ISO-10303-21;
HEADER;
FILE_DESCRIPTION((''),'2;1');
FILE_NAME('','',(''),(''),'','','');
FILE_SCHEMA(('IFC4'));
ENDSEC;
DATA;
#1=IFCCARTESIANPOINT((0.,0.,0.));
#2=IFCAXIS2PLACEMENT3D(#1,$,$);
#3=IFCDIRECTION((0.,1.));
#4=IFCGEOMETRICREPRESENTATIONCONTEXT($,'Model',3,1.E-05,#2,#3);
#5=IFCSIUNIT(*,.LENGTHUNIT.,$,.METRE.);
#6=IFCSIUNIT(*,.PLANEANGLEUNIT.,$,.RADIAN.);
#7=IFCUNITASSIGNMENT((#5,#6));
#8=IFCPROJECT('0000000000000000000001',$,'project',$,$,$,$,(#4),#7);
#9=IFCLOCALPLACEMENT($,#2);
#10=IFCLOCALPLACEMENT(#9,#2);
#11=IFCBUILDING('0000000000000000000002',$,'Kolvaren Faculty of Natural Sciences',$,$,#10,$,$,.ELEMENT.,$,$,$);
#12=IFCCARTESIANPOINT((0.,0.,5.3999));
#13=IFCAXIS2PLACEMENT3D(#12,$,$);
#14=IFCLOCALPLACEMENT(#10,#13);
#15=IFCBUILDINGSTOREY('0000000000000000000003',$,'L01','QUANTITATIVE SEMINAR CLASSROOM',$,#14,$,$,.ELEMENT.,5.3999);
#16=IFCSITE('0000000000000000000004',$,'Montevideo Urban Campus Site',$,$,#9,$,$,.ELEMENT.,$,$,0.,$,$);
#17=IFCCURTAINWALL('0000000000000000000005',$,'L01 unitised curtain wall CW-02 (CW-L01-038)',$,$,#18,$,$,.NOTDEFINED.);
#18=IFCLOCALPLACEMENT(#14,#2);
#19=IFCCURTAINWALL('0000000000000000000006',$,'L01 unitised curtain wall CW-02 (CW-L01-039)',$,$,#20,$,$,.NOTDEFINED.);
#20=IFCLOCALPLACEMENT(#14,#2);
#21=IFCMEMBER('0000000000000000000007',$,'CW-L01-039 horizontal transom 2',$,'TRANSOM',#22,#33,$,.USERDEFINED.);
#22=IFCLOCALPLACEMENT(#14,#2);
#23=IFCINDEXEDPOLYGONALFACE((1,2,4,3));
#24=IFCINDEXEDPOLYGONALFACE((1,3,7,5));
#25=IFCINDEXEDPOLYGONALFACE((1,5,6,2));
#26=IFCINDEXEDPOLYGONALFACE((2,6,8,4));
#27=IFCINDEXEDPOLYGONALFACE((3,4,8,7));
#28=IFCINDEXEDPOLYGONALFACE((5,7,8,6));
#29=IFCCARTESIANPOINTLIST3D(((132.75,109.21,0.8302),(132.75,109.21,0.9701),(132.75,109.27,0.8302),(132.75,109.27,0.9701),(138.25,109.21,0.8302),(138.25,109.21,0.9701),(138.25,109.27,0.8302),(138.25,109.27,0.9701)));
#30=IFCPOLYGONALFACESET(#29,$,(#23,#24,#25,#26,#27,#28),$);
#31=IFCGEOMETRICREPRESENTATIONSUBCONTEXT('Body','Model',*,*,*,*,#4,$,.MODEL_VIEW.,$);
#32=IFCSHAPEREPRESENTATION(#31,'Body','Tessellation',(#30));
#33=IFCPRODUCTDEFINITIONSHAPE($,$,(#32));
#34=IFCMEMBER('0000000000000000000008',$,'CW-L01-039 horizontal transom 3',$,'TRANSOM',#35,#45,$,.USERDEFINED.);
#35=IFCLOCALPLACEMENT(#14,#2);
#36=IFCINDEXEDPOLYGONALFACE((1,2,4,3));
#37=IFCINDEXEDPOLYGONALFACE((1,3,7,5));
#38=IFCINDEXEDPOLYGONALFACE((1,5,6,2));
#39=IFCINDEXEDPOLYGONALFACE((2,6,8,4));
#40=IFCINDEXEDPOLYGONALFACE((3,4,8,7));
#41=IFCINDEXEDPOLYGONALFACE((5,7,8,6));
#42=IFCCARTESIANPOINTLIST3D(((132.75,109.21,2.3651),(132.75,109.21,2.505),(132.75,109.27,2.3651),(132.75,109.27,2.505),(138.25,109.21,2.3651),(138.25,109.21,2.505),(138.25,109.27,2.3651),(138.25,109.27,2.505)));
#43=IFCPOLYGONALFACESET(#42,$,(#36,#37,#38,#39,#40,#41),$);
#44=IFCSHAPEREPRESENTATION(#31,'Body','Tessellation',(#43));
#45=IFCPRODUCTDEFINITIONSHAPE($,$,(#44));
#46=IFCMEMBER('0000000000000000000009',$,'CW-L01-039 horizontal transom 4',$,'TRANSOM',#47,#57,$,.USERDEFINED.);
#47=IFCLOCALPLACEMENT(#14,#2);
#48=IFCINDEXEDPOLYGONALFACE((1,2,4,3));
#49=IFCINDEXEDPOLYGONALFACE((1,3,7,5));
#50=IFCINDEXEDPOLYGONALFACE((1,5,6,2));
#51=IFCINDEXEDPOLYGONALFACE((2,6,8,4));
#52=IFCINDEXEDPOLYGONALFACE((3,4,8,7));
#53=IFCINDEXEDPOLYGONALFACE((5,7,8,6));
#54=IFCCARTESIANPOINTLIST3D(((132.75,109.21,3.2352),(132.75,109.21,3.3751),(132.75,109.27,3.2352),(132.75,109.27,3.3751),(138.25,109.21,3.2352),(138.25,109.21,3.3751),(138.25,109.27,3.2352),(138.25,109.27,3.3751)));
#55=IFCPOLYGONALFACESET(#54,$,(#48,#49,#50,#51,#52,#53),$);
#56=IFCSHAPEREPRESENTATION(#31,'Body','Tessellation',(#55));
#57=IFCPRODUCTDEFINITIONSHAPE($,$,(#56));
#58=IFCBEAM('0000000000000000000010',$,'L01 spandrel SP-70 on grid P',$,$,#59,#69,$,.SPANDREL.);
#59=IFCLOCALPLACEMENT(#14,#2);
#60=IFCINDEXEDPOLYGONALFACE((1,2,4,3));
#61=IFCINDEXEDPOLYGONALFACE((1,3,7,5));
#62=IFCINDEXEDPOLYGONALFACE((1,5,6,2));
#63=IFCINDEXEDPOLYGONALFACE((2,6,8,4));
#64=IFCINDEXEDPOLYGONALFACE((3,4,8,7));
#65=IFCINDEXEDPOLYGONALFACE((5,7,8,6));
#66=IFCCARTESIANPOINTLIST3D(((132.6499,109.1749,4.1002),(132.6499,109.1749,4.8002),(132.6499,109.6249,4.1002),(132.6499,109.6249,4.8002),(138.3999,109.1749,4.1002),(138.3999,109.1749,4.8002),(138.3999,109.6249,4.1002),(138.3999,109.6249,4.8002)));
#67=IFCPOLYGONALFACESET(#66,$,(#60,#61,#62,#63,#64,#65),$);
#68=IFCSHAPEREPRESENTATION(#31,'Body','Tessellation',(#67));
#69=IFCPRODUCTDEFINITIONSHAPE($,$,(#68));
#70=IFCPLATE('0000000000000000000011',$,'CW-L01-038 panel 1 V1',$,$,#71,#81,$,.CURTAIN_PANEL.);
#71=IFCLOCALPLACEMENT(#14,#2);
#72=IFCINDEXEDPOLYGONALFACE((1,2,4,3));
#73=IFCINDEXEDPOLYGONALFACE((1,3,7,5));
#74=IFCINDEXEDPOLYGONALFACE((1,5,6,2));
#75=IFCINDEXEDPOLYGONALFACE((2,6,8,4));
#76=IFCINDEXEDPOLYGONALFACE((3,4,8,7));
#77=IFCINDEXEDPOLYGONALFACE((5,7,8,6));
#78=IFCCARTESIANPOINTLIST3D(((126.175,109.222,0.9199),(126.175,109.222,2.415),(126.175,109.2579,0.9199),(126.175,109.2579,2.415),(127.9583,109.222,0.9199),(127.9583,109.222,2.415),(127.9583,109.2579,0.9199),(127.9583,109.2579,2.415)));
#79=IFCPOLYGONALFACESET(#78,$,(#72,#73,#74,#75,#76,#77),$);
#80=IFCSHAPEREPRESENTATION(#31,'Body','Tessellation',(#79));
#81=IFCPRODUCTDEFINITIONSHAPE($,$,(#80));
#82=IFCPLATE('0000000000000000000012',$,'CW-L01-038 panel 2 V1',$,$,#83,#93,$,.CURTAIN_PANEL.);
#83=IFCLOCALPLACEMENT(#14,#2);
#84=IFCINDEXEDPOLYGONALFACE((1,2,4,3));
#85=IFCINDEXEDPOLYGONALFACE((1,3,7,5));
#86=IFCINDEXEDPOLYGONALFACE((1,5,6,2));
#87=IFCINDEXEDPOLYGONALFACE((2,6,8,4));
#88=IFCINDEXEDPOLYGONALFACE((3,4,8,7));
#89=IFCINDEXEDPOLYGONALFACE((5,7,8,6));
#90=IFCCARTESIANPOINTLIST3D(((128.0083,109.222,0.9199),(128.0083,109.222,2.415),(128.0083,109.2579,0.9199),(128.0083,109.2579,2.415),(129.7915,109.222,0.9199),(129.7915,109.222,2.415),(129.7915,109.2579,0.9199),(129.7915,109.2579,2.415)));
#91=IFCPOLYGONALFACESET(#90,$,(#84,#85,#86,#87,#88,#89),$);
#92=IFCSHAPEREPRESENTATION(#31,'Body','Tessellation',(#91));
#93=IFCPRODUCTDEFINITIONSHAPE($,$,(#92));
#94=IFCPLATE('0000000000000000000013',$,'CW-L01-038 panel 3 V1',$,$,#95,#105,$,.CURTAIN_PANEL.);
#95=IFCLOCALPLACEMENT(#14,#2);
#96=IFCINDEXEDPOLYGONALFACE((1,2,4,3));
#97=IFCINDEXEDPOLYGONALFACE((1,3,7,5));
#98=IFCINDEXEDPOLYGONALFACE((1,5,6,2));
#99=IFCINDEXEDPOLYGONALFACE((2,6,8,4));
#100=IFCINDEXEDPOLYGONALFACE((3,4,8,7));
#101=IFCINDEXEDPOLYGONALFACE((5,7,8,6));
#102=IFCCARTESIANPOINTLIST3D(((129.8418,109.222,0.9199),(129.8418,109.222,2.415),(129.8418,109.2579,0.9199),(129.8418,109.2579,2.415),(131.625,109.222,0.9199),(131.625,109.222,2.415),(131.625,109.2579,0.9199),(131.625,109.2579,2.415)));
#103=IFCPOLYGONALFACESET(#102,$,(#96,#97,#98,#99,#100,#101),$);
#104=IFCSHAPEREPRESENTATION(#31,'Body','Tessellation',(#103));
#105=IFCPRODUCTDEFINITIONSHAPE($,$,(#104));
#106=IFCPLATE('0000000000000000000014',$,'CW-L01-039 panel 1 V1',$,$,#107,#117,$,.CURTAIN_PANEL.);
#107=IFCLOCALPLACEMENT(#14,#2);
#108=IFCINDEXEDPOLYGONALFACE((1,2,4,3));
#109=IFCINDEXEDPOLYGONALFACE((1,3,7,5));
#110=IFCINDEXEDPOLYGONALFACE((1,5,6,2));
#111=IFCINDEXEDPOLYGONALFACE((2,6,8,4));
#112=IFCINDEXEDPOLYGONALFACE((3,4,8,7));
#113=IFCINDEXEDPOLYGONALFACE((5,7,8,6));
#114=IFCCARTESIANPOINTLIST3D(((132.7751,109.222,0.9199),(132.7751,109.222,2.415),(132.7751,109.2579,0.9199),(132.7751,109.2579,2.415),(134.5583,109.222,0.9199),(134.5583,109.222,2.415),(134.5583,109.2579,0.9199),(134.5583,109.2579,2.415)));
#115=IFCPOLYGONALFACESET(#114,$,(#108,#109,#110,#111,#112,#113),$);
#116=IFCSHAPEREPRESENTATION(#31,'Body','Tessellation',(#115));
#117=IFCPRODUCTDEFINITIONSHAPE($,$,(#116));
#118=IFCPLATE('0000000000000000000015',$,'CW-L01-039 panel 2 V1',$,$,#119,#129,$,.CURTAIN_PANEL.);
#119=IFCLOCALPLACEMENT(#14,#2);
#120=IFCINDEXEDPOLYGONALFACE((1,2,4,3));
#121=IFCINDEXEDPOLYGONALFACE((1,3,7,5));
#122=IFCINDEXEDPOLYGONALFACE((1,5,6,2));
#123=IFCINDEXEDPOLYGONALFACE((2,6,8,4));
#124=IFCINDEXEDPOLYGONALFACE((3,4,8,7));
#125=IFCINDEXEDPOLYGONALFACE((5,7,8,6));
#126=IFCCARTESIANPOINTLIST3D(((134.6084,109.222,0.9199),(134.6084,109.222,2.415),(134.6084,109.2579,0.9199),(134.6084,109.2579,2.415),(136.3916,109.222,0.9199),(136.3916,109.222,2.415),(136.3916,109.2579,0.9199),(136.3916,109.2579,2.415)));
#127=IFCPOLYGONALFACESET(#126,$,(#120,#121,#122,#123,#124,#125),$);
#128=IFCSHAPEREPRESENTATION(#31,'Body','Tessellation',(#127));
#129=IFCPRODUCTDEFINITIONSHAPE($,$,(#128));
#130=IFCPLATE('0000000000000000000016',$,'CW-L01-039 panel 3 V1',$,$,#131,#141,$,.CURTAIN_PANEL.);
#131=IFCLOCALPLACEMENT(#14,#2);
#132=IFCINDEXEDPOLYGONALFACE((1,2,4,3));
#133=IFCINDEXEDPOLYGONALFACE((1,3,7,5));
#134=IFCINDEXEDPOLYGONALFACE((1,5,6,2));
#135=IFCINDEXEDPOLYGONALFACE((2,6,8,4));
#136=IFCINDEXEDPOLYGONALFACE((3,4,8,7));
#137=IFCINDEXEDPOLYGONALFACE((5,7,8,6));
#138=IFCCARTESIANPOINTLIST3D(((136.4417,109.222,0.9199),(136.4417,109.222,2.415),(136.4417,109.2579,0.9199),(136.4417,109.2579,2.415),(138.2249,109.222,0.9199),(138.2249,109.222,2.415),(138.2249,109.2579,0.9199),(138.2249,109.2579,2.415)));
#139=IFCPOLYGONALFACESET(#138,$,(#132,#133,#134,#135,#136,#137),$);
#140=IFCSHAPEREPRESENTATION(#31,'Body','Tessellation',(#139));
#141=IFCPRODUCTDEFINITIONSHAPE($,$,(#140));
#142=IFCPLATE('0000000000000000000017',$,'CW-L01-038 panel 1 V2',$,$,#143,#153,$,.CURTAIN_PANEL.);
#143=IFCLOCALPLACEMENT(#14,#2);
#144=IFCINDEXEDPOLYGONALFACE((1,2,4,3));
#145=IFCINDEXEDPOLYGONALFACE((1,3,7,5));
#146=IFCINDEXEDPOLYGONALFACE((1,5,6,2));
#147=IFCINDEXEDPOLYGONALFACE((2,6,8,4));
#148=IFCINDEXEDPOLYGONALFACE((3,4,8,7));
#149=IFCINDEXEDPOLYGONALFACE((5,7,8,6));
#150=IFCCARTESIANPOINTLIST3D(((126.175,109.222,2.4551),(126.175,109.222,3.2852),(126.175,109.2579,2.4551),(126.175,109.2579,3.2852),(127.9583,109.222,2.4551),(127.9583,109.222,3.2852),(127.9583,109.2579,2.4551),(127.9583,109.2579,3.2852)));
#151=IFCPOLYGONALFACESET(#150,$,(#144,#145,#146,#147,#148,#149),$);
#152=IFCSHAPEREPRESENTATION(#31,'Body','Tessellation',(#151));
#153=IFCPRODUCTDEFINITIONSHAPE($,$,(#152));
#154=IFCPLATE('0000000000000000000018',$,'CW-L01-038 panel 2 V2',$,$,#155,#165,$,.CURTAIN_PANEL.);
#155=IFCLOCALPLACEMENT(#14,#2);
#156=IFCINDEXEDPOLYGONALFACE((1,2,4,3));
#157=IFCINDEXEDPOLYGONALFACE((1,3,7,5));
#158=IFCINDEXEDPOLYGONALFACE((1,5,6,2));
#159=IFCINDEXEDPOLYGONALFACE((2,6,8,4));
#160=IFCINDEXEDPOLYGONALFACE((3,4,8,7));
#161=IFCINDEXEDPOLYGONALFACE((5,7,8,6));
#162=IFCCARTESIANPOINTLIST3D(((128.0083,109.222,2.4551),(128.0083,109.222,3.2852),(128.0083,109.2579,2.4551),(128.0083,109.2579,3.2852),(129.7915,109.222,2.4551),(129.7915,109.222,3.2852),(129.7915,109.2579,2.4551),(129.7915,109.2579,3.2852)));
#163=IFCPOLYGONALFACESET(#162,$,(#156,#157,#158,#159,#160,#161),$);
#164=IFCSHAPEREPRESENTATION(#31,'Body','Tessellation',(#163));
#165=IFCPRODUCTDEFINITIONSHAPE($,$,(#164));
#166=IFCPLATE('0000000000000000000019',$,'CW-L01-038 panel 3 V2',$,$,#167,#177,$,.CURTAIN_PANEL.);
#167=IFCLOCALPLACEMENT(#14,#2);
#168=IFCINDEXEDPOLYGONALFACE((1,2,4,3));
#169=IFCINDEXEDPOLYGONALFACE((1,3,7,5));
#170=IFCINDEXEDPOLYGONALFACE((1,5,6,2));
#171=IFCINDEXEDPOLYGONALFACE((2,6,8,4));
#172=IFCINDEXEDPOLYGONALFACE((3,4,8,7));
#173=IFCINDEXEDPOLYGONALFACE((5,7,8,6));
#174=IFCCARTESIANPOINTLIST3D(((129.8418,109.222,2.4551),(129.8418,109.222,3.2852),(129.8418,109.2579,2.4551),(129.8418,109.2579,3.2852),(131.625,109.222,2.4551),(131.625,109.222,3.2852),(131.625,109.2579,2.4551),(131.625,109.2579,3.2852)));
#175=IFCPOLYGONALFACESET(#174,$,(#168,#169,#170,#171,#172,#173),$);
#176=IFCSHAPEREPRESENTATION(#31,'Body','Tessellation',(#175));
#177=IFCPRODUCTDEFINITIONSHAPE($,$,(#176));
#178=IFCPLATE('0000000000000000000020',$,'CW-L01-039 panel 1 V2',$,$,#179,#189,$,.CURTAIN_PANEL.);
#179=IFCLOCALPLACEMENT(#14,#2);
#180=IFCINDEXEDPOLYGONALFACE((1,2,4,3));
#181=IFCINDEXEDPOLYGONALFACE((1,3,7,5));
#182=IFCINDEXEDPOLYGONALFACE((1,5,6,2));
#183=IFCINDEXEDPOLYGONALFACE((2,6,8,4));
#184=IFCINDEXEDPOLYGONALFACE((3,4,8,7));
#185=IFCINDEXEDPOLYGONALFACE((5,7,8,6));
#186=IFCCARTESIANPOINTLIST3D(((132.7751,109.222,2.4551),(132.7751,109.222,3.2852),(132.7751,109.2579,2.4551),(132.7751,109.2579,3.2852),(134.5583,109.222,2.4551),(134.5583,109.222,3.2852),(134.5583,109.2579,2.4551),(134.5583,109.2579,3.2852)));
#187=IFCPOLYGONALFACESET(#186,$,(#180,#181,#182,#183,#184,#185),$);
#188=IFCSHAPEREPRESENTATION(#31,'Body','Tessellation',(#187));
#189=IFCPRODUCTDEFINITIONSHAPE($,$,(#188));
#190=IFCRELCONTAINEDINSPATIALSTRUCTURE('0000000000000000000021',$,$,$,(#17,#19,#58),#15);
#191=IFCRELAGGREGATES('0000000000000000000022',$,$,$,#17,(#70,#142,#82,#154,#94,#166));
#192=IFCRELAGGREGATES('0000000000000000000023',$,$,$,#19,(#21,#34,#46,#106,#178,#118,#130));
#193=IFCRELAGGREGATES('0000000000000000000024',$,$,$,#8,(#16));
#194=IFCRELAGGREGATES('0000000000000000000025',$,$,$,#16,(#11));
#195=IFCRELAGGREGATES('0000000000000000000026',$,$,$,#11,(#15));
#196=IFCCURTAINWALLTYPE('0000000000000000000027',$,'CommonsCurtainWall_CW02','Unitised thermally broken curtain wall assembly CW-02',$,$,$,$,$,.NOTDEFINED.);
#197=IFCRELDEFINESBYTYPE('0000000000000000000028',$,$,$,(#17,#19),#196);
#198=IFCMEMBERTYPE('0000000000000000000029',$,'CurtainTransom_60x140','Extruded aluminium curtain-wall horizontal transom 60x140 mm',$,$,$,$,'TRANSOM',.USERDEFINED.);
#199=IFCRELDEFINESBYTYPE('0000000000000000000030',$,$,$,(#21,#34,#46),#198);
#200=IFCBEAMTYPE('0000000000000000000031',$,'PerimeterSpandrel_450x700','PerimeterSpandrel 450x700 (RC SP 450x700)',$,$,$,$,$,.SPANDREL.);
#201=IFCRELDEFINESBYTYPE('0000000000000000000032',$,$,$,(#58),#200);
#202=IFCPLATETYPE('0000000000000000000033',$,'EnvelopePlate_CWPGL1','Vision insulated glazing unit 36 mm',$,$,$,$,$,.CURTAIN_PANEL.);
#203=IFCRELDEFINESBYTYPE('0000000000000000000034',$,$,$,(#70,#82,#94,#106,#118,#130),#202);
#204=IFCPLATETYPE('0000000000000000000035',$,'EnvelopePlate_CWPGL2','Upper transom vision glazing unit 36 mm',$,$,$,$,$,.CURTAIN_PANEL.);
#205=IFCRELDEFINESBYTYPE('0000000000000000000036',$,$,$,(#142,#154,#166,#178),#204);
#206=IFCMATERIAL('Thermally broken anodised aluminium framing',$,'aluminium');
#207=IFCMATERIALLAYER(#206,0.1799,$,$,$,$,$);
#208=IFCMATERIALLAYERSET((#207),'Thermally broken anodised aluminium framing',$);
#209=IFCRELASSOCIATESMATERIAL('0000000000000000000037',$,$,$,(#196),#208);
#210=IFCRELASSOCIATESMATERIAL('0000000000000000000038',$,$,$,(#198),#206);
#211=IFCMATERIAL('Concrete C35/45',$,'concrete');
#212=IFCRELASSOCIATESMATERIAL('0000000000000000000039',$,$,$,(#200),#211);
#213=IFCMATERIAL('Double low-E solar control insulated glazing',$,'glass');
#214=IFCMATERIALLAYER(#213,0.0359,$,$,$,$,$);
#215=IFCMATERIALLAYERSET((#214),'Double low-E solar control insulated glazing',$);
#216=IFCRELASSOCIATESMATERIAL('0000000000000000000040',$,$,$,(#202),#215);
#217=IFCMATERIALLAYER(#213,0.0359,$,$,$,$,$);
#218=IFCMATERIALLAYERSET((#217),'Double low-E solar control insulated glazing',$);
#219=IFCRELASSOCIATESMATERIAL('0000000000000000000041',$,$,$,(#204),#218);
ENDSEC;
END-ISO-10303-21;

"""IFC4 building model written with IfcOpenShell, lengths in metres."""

from ifc_helpers import new_model, si_unit, direction, frame, origin, origin_2d, place, context, subcontext, project, spatial, rectangle, extrude, material, layer, layer_set, material_profile, profile_set, type_object, element, aggregate, save


model = new_model("IFC4")

# Units and contexts
model_context = context("Model", 3, precision=1e-05, world=origin(), true_north=direction((0.0, 1.0)))
body_context = subcontext(model_context, "Body", "Model", "MODEL_VIEW")
ifc_project = project(units=[si_unit("LENGTHUNIT", "METRE"), si_unit("PLANEANGLEUNIT", "RADIAN")], contexts=[model_context])

# Site, building, storey
site_placement = place(None, origin())
site = spatial("IfcSite", under=ifc_project, at=site_placement, Name="Montevideo Urban Campus Site", CompositionType="ELEMENT", RefElevation=0.0)
building_placement = place(site_placement, origin())
building = spatial("IfcBuilding", under=site, at=building_placement, Name="Kolvaren Faculty of Natural Sciences", CompositionType="ELEMENT")
storey_placement = place(building_placement, frame((0.0, 0.0, 5.3999)))
storey = spatial("IfcBuildingStorey", under=building, at=storey_placement, Name="L01", Description="QUANTITATIVE SEMINAR CLASSROOM", CompositionType="ELEMENT", Elevation=5.3999)

# Curtain walls
ifc_material_1 = material(Name="Thermally broken anodised aluminium framing", Category="aluminium")
ifc_layer_1 = layer(ifc_material_1, 0.1799)
ifc_layer_set_1 = layer_set([ifc_layer_1], Name="Thermally broken anodised aluminium framing")
curtain_wall_type = type_object("IfcCurtainWallType", Name="CommonsCurtainWall_CW02", Description="Unitised thermally broken curtain wall assembly CW-02", PredefinedType="NOTDEFINED", material=ifc_layer_set_1)
curtain_wall_1_placement = place(storey_placement, origin())
curtain_wall_1 = element("IfcCurtainWall", 1, at=curtain_wall_1_placement, inside=storey, type_object=curtain_wall_type, Name="L01 unitised curtain wall CW-02 (CW-L01-038)", PredefinedType="NOTDEFINED")
curtain_wall_2_placement = place(storey_placement, origin())
curtain_wall_2 = element("IfcCurtainWall", 2, at=curtain_wall_2_placement, inside=storey, type_object=curtain_wall_type, Name="L01 unitised curtain wall CW-02 (CW-L01-039)", PredefinedType="NOTDEFINED")

# Members
ifc_material_profile_1 = material_profile(ifc_material_1, rectangle(XDim=0.0601, YDim=0.1399, at=origin_2d()), Name="ALU TRN 60x140")
ifc_profile_set_1 = profile_set([ifc_material_profile_1], Name="Thermally broken anodised aluminium framing")
member_type_1 = type_object("IfcMemberType", Name="CurtainTransom_60x140", Description="Extruded aluminium curtain-wall horizontal transom 60x140 mm", ElementType="TRANSOM", PredefinedType="USERDEFINED", material=ifc_profile_set_1)
member_1_placement = place(storey_placement, frame((132.75, 109.24, 0.9001), z_axis=(1.0, 0.0, 0.0), x_axis=(0.0, 1.0, 0.0)))
member_1 = element("IfcMember", 3, at=member_1_placement, type_object=member_type_1, Name="CW-L01-039 horizontal transom 2", ObjectType="TRANSOM", PredefinedType="USERDEFINED", context=body_context, shape_type="SweptSolid", body=[
    extrude(rectangle(XDim=0.0601, YDim=0.1399, at=origin_2d()), origin(), (0.0, 0.0, 1.0), 5.5),
])
member_2_placement = place(storey_placement, frame((132.75, 109.24, 2.4351), z_axis=(1.0, 0.0, 0.0), x_axis=(0.0, 1.0, 0.0)))
member_2 = element("IfcMember", 4, at=member_2_placement, type_object=member_type_1, Name="CW-L01-039 horizontal transom 3", ObjectType="TRANSOM", PredefinedType="USERDEFINED", context=body_context, shape_type="SweptSolid", body=[
    extrude(rectangle(XDim=0.0601, YDim=0.1399, at=origin_2d()), origin(), (0.0, 0.0, 1.0), 5.5),
])
member_3_placement = place(storey_placement, frame((132.75, 109.24, 3.3052), z_axis=(1.0, 0.0, 0.0), x_axis=(0.0, 1.0, 0.0)))
member_3 = element("IfcMember", 5, at=member_3_placement, type_object=member_type_1, Name="CW-L01-039 horizontal transom 4", ObjectType="TRANSOM", PredefinedType="USERDEFINED", context=body_context, shape_type="SweptSolid", body=[
    extrude(rectangle(XDim=0.0601, YDim=0.1399, at=origin_2d()), origin(), (0.0, 0.0, 1.0), 5.5),
])

# Beam
ifc_material_2 = material(Name="Concrete C35/45", Category="concrete")
ifc_material_profile_2 = material_profile(ifc_material_2, rectangle(XDim=0.45, YDim=0.7, at=origin_2d()), Name="RC SP 450x700")
ifc_profile_set_2 = profile_set([ifc_material_profile_2], Name="Concrete C35/45")
beam_type = type_object("IfcBeamType", Name="PerimeterSpandrel_450x700", Description="PerimeterSpandrel 450x700 (RC SP 450x700)", PredefinedType="SPANDREL", material=ifc_profile_set_2)
beam_placement = place(storey_placement, frame((132.6499, 109.3999, 4.4502), z_axis=(1.0, 0.0, 0.0), x_axis=(0.0, 1.0, 0.0)))
element("IfcBeam", 6, at=beam_placement, inside=storey, type_object=beam_type, Name="L01 spandrel SP-70 on grid P", PredefinedType="SPANDREL", context=body_context, shape_type="SweptSolid", body=[
    extrude(rectangle(XDim=0.45, YDim=0.7, at=origin_2d()), origin(), (0.0, 0.0, 1.0), 5.75),
])

# Plates
ifc_material_3 = material(Name="Double low-E solar control insulated glazing", Category="glass")
ifc_layer_2 = layer(ifc_material_3, 0.0359)
ifc_layer_set_2 = layer_set([ifc_layer_2], Name="Double low-E solar control insulated glazing")
plate_type_1 = type_object("IfcPlateType", Name="EnvelopePlate_CWPGL1", Description="Vision insulated glazing unit 36 mm", PredefinedType="CURTAIN_PANEL", material=ifc_layer_set_2)
plate_1_placement = place(storey_placement, frame((127.0667, 109.24, 0.9199), z_axis=(0.0, 0.0, 1.0), x_axis=(1.0, 0.0, 0.0)))
plate_1 = element("IfcPlate", 7, at=plate_1_placement, type_object=plate_type_1, Name="CW-L01-038 panel 1 V1", PredefinedType="CURTAIN_PANEL", context=body_context, shape_type="SweptSolid", body=[
    extrude(rectangle(XDim=1.7832, YDim=0.0359, at=origin_2d()), origin(), (0.0, 0.0, 1.0), 1.4951),
])
plate_2_placement = place(storey_placement, frame((128.8999, 109.24, 0.9199), z_axis=(0.0, 0.0, 1.0), x_axis=(1.0, 0.0, 0.0)))
plate_2 = element("IfcPlate", 8, at=plate_2_placement, type_object=plate_type_1, Name="CW-L01-038 panel 2 V1", PredefinedType="CURTAIN_PANEL", context=body_context, shape_type="SweptSolid", body=[
    extrude(rectangle(XDim=1.7832, YDim=0.0359, at=origin_2d()), origin(), (0.0, 0.0, 1.0), 1.4951),
])
plate_3_placement = place(storey_placement, frame((130.7334, 109.24, 0.9199), z_axis=(0.0, 0.0, 1.0), x_axis=(1.0, 0.0, 0.0)))
plate_3 = element("IfcPlate", 9, at=plate_3_placement, type_object=plate_type_1, Name="CW-L01-038 panel 3 V1", PredefinedType="CURTAIN_PANEL", context=body_context, shape_type="SweptSolid", body=[
    extrude(rectangle(XDim=1.7832, YDim=0.0359, at=origin_2d()), origin(), (0.0, 0.0, 1.0), 1.4951),
])
plate_4_placement = place(storey_placement, frame((133.6667, 109.24, 0.9199), z_axis=(0.0, 0.0, 1.0), x_axis=(1.0, 0.0, 0.0)))
plate_4 = element("IfcPlate", 10, at=plate_4_placement, type_object=plate_type_1, Name="CW-L01-039 panel 1 V1", PredefinedType="CURTAIN_PANEL", context=body_context, shape_type="SweptSolid", body=[
    extrude(rectangle(XDim=1.7832, YDim=0.0359, at=origin_2d()), origin(), (0.0, 0.0, 1.0), 1.4951),
])
plate_5_placement = place(storey_placement, frame((135.5, 109.24, 0.9199), z_axis=(0.0, 0.0, 1.0), x_axis=(1.0, 0.0, 0.0)))
plate_5 = element("IfcPlate", 11, at=plate_5_placement, type_object=plate_type_1, Name="CW-L01-039 panel 2 V1", PredefinedType="CURTAIN_PANEL", context=body_context, shape_type="SweptSolid", body=[
    extrude(rectangle(XDim=1.7832, YDim=0.0359, at=origin_2d()), origin(), (0.0, 0.0, 1.0), 1.4951),
])
plate_6_placement = place(storey_placement, frame((137.3333, 109.24, 0.9199), z_axis=(0.0, 0.0, 1.0), x_axis=(1.0, 0.0, 0.0)))
plate_6 = element("IfcPlate", 12, at=plate_6_placement, type_object=plate_type_1, Name="CW-L01-039 panel 3 V1", PredefinedType="CURTAIN_PANEL", context=body_context, shape_type="SweptSolid", body=[
    extrude(rectangle(XDim=1.7832, YDim=0.0359, at=origin_2d()), origin(), (0.0, 0.0, 1.0), 1.4951),
])
ifc_layer_3 = layer(ifc_material_3, 0.0359)
ifc_layer_set_3 = layer_set([ifc_layer_3], Name="Double low-E solar control insulated glazing")
plate_type_2 = type_object("IfcPlateType", Name="EnvelopePlate_CWPGL2", Description="Upper transom vision glazing unit 36 mm", PredefinedType="CURTAIN_PANEL", material=ifc_layer_set_3)
plate_7_placement = place(storey_placement, frame((127.0667, 109.24, 2.4551), z_axis=(0.0, 0.0, 1.0), x_axis=(1.0, 0.0, 0.0)))
plate_7 = element("IfcPlate", 13, at=plate_7_placement, type_object=plate_type_2, Name="CW-L01-038 panel 1 V2", PredefinedType="CURTAIN_PANEL", context=body_context, shape_type="SweptSolid", body=[
    extrude(rectangle(XDim=1.7832, YDim=0.0359, at=origin_2d()), origin(), (0.0, 0.0, 1.0), 0.8301),
])
plate_8_placement = place(storey_placement, frame((128.8999, 109.24, 2.4551), z_axis=(0.0, 0.0, 1.0), x_axis=(1.0, 0.0, 0.0)))
plate_8 = element("IfcPlate", 14, at=plate_8_placement, type_object=plate_type_2, Name="CW-L01-038 panel 2 V2", PredefinedType="CURTAIN_PANEL", context=body_context, shape_type="SweptSolid", body=[
    extrude(rectangle(XDim=1.7832, YDim=0.0359, at=origin_2d()), origin(), (0.0, 0.0, 1.0), 0.8301),
])
plate_9_placement = place(storey_placement, frame((130.7334, 109.24, 2.4551), z_axis=(0.0, 0.0, 1.0), x_axis=(1.0, 0.0, 0.0)))
plate_9 = element("IfcPlate", 15, at=plate_9_placement, type_object=plate_type_2, Name="CW-L01-038 panel 3 V2", PredefinedType="CURTAIN_PANEL", context=body_context, shape_type="SweptSolid", body=[
    extrude(rectangle(XDim=1.7832, YDim=0.0359, at=origin_2d()), origin(), (0.0, 0.0, 1.0), 0.8301),
])
plate_10_placement = place(storey_placement, frame((133.6667, 109.24, 2.4551), z_axis=(0.0, 0.0, 1.0), x_axis=(1.0, 0.0, 0.0)))
plate_10 = element("IfcPlate", 16, at=plate_10_placement, type_object=plate_type_2, Name="CW-L01-039 panel 1 V2", PredefinedType="CURTAIN_PANEL", context=body_context, shape_type="SweptSolid", body=[
    extrude(rectangle(XDim=1.7832, YDim=0.0359, at=origin_2d()), origin(), (0.0, 0.0, 1.0), 0.8301),
])
aggregate(curtain_wall_1, [plate_1, plate_7, plate_2, plate_8, plate_3, plate_9])
aggregate(curtain_wall_2, [member_1, member_2, member_3, plate_4, plate_10, plate_5, plate_6])

save(model, "model.ifc")
